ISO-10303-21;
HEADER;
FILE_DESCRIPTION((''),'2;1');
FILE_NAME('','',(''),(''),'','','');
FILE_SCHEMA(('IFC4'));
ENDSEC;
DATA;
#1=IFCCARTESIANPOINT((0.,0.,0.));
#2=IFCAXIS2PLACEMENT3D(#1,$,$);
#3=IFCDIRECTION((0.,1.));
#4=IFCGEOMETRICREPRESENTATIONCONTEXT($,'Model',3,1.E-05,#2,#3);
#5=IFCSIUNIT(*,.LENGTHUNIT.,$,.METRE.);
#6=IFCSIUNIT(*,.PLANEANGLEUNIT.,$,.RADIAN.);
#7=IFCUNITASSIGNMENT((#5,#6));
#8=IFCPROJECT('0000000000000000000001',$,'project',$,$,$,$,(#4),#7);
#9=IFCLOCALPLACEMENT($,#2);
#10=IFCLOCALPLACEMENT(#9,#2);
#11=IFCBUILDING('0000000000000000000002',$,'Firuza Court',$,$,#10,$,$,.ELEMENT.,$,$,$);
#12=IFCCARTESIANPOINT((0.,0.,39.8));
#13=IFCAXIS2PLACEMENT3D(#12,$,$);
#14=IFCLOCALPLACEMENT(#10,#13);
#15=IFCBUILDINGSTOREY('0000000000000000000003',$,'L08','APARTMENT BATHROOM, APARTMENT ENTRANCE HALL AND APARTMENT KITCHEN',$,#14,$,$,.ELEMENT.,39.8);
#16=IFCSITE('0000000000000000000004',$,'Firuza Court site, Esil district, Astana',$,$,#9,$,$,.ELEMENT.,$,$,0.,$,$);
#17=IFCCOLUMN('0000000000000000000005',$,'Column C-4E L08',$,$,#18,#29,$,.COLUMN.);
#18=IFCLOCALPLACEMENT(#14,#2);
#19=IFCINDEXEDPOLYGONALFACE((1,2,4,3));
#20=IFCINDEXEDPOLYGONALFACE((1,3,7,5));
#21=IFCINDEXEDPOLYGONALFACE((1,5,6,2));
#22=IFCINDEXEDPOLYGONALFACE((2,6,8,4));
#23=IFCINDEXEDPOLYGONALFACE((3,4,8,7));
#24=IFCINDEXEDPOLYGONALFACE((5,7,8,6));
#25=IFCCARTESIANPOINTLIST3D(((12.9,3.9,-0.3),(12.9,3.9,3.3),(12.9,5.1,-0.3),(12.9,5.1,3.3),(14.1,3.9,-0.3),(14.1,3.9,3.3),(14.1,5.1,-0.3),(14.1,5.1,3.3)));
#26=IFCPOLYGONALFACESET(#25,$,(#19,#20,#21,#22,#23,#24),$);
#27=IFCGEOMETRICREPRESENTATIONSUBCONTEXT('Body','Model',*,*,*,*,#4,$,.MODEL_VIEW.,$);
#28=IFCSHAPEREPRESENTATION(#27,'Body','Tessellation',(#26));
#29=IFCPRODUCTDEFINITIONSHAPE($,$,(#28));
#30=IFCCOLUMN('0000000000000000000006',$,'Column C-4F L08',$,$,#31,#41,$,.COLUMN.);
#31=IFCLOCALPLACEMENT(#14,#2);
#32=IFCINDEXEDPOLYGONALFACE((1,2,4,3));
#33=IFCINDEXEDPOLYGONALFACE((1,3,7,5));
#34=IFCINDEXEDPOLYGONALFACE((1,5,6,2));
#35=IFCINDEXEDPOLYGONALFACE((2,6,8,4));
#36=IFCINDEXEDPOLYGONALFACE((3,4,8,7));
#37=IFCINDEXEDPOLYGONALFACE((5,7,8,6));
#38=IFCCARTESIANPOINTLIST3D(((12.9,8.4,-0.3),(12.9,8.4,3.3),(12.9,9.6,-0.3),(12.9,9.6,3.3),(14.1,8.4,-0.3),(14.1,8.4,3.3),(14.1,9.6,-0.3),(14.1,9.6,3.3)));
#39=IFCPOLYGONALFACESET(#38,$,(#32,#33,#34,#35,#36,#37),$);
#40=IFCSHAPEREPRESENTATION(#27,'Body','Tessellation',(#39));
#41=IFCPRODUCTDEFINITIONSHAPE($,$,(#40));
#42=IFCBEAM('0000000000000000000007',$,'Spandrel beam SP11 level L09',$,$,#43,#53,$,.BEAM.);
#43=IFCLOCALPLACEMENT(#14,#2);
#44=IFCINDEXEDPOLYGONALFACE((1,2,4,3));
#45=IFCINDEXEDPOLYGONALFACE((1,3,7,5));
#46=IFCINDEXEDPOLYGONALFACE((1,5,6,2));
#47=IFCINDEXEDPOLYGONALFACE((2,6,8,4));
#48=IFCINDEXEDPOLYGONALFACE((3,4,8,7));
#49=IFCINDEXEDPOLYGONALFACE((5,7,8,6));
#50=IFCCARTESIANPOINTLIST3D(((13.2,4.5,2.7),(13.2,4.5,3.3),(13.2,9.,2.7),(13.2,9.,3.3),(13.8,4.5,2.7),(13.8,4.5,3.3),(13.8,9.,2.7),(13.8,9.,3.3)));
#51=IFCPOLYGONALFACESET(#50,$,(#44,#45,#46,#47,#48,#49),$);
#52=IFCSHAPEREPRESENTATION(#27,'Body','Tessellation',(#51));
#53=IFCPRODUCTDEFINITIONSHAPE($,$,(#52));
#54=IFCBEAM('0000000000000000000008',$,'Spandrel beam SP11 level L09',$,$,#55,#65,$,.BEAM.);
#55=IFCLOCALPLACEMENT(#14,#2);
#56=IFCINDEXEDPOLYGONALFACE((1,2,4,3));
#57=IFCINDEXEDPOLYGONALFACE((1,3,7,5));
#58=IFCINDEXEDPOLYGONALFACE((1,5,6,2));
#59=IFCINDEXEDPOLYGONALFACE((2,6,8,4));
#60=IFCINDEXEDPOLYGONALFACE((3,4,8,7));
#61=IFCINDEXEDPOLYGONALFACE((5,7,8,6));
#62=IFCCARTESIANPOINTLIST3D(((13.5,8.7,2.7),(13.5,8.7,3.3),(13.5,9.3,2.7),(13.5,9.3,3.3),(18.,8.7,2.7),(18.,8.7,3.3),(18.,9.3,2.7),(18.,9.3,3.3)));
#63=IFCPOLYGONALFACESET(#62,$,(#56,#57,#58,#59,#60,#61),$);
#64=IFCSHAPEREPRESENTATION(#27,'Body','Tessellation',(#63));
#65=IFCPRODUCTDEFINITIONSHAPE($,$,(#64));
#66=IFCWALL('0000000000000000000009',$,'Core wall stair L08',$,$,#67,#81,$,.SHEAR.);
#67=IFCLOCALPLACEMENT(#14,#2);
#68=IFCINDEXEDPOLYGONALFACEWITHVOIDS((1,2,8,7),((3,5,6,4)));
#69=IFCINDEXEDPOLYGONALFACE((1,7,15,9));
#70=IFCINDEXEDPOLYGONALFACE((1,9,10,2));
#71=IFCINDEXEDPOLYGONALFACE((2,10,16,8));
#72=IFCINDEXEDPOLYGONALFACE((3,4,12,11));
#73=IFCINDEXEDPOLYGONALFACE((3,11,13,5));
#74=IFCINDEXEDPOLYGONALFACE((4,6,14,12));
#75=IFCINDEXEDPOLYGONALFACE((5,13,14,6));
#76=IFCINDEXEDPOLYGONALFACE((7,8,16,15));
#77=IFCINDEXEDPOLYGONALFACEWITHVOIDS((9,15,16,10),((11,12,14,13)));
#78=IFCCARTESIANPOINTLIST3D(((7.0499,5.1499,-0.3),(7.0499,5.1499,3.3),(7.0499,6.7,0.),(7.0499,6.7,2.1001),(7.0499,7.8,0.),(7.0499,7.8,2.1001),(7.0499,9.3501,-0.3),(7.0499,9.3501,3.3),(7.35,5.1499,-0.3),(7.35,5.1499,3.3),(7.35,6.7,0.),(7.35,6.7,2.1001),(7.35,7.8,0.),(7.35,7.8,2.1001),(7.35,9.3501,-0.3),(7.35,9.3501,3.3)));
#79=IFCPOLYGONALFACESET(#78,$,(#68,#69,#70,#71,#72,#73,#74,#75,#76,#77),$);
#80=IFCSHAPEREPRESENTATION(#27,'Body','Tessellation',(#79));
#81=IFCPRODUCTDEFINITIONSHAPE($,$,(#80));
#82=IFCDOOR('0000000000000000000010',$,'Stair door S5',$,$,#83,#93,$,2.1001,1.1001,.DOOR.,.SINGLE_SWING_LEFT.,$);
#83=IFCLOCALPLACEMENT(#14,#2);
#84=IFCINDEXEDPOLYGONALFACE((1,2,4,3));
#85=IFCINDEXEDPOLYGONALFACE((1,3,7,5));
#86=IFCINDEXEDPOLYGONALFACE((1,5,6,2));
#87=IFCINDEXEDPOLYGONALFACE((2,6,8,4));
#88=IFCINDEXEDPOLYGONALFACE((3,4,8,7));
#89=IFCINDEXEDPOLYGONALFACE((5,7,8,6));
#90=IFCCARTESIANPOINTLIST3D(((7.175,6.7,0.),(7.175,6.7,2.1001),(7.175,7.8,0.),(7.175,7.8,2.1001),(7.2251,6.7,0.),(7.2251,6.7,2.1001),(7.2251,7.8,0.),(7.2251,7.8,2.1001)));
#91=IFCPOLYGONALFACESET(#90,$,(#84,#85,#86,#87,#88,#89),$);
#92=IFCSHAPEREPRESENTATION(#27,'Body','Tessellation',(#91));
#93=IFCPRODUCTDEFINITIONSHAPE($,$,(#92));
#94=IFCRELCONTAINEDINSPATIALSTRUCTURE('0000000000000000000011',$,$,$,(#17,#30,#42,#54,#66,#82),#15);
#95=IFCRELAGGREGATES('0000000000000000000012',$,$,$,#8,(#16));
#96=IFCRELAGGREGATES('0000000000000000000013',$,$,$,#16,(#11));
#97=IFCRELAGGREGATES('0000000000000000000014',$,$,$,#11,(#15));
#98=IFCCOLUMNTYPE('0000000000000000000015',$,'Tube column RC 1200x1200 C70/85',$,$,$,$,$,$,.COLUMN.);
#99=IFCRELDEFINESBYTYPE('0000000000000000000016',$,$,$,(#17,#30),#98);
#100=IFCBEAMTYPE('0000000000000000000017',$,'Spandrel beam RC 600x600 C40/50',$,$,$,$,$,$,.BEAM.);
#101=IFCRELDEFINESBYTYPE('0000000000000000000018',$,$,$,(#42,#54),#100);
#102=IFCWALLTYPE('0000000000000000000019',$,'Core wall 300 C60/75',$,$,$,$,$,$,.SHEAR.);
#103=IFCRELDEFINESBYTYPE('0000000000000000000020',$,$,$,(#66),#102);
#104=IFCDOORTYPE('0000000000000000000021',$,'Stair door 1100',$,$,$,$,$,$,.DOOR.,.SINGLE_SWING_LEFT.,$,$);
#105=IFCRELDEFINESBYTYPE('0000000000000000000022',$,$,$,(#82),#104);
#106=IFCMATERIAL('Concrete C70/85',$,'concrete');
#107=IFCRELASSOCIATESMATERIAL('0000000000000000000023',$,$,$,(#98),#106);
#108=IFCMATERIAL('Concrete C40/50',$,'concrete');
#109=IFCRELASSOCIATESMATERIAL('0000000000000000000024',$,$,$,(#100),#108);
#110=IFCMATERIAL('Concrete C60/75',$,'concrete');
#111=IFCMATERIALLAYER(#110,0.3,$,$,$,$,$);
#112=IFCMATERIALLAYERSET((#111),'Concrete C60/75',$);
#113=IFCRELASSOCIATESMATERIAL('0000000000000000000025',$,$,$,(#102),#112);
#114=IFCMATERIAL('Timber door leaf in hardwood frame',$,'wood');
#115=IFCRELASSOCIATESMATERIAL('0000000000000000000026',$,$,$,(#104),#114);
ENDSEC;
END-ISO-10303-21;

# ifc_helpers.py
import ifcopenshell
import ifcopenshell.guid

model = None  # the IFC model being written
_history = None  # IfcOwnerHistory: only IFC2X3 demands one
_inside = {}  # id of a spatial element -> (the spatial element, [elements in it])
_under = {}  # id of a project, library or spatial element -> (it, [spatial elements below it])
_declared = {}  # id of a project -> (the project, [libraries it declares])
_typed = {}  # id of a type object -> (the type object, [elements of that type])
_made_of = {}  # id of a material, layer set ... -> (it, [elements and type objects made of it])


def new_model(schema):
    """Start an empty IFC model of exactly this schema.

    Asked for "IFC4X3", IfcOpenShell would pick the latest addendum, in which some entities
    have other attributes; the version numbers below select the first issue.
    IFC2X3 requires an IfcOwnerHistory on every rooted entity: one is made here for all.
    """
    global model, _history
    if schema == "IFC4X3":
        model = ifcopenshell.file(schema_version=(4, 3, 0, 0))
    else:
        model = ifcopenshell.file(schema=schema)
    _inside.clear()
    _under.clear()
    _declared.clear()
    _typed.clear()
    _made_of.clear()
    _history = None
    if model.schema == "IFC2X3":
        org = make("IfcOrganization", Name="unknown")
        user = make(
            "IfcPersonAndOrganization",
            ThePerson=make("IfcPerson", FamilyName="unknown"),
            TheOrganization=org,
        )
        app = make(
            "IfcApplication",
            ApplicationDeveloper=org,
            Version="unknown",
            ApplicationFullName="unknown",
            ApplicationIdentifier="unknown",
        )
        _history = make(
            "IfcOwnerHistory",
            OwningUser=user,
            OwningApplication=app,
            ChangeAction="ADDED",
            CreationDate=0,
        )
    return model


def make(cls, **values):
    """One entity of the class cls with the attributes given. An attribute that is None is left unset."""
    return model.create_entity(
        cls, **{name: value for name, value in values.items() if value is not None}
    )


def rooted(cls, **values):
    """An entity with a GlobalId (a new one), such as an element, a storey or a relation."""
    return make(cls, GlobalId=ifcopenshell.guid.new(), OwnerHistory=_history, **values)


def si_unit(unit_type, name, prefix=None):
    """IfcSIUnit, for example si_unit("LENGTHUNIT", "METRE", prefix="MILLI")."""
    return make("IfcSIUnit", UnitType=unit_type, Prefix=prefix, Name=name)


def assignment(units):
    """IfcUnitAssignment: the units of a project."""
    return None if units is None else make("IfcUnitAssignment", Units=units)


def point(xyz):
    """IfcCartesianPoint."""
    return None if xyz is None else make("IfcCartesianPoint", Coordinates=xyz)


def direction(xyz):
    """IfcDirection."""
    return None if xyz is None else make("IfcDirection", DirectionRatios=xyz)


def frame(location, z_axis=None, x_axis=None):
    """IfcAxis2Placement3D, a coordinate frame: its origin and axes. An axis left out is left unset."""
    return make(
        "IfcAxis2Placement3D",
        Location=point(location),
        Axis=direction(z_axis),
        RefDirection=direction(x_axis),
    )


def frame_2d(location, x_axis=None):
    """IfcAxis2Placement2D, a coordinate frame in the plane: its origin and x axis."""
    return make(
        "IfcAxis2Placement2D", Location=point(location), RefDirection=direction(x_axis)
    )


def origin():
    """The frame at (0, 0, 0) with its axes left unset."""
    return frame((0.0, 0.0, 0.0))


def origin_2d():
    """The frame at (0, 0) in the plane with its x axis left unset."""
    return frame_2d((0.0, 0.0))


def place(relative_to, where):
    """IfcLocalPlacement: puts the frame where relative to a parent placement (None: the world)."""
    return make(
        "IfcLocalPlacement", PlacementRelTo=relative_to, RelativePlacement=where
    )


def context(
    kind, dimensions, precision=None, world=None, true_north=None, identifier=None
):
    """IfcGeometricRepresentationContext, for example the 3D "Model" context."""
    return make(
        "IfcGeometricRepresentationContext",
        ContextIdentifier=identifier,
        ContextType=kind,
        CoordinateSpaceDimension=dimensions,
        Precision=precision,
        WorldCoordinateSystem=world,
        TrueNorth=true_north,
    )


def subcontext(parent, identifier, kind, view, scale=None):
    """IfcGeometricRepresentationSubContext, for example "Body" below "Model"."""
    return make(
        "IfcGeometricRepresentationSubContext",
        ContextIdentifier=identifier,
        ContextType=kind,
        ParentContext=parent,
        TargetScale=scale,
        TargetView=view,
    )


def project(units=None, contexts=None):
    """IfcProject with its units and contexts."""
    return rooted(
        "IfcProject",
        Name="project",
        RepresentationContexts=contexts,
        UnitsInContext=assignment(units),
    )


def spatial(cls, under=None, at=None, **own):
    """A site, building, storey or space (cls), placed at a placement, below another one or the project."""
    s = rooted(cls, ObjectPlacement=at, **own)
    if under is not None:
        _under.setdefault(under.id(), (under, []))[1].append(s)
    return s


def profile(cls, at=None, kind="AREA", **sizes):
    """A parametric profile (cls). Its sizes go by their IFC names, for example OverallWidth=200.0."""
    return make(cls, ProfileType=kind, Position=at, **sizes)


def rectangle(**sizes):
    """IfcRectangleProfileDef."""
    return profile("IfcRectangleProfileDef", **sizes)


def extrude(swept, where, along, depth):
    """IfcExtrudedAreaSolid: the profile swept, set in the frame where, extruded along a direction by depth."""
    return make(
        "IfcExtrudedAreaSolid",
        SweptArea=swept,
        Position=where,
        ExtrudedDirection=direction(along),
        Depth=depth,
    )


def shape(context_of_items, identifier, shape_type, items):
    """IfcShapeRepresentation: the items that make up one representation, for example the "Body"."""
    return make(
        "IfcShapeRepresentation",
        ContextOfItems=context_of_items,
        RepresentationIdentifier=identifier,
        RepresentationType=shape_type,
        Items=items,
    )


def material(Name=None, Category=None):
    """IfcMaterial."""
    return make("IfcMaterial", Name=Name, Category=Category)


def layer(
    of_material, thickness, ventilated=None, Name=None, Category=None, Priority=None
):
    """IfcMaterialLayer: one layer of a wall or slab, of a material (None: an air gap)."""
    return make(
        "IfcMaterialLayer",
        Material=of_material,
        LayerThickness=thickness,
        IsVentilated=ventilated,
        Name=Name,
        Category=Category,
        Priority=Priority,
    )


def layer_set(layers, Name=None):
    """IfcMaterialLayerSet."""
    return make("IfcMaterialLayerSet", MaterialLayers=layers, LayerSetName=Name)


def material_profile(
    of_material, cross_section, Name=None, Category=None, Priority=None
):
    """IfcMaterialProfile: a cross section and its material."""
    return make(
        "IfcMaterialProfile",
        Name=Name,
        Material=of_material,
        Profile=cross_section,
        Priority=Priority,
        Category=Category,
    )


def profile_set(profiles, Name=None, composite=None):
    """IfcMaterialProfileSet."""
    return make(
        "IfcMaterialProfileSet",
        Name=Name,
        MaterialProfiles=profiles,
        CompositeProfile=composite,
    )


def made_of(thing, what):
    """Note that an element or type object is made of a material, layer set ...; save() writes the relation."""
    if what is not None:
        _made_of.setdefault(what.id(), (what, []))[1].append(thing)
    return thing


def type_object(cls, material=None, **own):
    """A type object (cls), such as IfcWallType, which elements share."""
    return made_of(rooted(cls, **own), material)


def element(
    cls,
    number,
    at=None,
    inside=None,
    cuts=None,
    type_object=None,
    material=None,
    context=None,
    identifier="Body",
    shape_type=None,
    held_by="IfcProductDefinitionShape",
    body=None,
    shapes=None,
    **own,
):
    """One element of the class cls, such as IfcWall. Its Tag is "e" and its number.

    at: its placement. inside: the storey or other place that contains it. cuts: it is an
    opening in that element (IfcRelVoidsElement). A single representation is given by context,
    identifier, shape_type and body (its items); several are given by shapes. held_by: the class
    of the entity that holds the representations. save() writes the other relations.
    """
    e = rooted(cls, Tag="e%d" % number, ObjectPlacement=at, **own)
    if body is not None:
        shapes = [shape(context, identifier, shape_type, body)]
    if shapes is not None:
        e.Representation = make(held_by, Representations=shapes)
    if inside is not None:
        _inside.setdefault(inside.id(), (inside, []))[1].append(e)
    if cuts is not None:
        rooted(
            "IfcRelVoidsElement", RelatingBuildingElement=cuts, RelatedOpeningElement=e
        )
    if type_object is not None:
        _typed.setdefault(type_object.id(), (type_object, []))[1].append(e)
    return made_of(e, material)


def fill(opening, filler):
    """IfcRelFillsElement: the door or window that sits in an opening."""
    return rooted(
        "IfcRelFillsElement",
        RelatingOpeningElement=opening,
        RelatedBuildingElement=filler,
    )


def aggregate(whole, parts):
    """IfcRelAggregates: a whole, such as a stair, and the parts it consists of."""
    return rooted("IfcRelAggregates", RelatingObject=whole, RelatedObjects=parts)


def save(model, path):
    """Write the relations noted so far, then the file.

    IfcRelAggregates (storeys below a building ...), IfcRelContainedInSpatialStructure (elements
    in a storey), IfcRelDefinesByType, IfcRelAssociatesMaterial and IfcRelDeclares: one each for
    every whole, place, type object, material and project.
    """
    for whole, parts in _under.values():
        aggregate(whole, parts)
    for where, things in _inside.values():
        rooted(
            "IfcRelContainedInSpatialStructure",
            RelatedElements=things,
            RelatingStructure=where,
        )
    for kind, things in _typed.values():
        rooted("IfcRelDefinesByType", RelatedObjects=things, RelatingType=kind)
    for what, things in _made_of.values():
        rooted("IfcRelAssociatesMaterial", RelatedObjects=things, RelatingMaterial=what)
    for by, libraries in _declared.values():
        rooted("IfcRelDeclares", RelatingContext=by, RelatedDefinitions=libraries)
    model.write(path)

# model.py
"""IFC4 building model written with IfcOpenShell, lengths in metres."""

from ifc_helpers import new_model, si_unit, direction, frame, frame_2d, origin, origin_2d, place, context, subcontext, project, spatial, rectangle, extrude, material, layer, layer_set, material_profile, profile_set, type_object, element, fill, save


model = new_model("IFC4")

# Units and contexts
model_context = context("Model", 3, precision=1e-05, world=origin(), true_north=direction((0.0, 1.0)))
body_context = subcontext(model_context, "Body", "Model", "MODEL_VIEW")
ifc_project = project(units=[si_unit("LENGTHUNIT", "METRE"), si_unit("PLANEANGLEUNIT", "RADIAN")], contexts=[model_context])

# Site, building, storey
site_placement = place(None, origin())
site = spatial("IfcSite", under=ifc_project, at=site_placement, Name="Firuza Court site, Esil district, Astana", CompositionType="ELEMENT", RefElevation=0.0)
building_placement = place(site_placement, origin())
building = spatial("IfcBuilding", under=site, at=building_placement, Name="Firuza Court", CompositionType="ELEMENT")
storey_placement = place(building_placement, frame((0.0, 0.0, 39.8)))
storey = spatial("IfcBuildingStorey", under=building, at=storey_placement, Name="L08", Description="APARTMENT BATHROOM, APARTMENT ENTRANCE HALL AND APARTMENT KITCHEN", CompositionType="ELEMENT", Elevation=39.8)

# Columns
ifc_material_1 = material(Name="Concrete C70/85", Category="concrete")
ifc_material_profile_1 = material_profile(ifc_material_1, rectangle(XDim=1.2, YDim=1.2, at=origin_2d()), Name="RC 1200x1200")
ifc_profile_set_1 = profile_set([ifc_material_profile_1], Name="Concrete C70/85")
column_type = type_object("IfcColumnType", Name="Tube column RC 1200x1200 C70/85", PredefinedType="COLUMN", material=ifc_profile_set_1)
for number, where, z_axis, x_axis, name in (
    (1, (13.5, 4.5, -0.3), (0.0, 0.0, 1.0), (1.0, 0.0, 0.0), "Column C-4E L08"),
    (2, (13.5, 9.0, -0.3), (0.0, 0.0, 1.0), (1.0, 0.0, 0.0), "Column C-4F L08"),
):
    element("IfcColumn", number, at=place(storey_placement, frame(where, z_axis=z_axis, x_axis=x_axis)), inside=storey, type_object=column_type, Name=name, PredefinedType="COLUMN", context=body_context, shape_type="SweptSolid", body=[
        extrude(rectangle(XDim=1.2, YDim=1.2, at=origin_2d()), origin(), (0.0, 0.0, 1.0), 3.6001),
    ])

# Beams
ifc_material_2 = material(Name="Concrete C40/50", Category="concrete")
ifc_material_profile_2 = material_profile(ifc_material_2, rectangle(XDim=0.6001, YDim=0.6001, at=origin_2d()), Name="RC 600x600")
ifc_profile_set_2 = profile_set([ifc_material_profile_2], Name="Concrete C40/50")
beam_type = type_object("IfcBeamType", Name="Spandrel beam RC 600x600 C40/50", PredefinedType="BEAM", material=ifc_profile_set_2)
for number, where, z_axis, x_axis, name in (
    (3, (13.5, 4.5, 3.0), (0.0, 1.0, 0.0), (-1.0, 0.0, 0.0), "Spandrel beam SP11 level L09"),
    (4, (13.5, 9.0, 3.0), (1.0, 0.0, 0.0), (0.0, 1.0, 0.0), "Spandrel beam SP11 level L09"),
):
    element("IfcBeam", number, at=place(storey_placement, frame(where, z_axis=z_axis, x_axis=x_axis)), inside=storey, type_object=beam_type, Name=name, PredefinedType="BEAM", context=body_context, shape_type="SweptSolid", body=[
        extrude(rectangle(XDim=0.6001, YDim=0.6001, at=origin_2d()), origin(), (0.0, 0.0, 1.0), 4.5),
    ])

# Wall, opening, door
ifc_material_3 = material(Name="Concrete C60/75", Category="concrete")
ifc_layer_1 = layer(ifc_material_3, 0.3)
ifc_layer_set_1 = layer_set([ifc_layer_1], Name="Concrete C60/75")
wall_type_1 = type_object("IfcWallType", Name="Core wall 300 C60/75", PredefinedType="SHEAR", material=ifc_layer_set_1)
wall_1_placement = place(storey_placement, frame((7.2, 5.1499, -0.3), z_axis=(0.0, 0.0, 1.0), x_axis=(0.0, 1.0, 0.0)))
wall_1 = element("IfcWall", 5, at=wall_1_placement, inside=storey, type_object=wall_type_1, Name="Core wall stair L08", PredefinedType="SHEAR", context=body_context, shape_type="SweptSolid", body=[
    extrude(rectangle(XDim=4.2002, YDim=0.3, at=frame_2d((2.1001, 0.0))), origin(), (0.0, 0.0, 1.0), 3.6001),
])
opening_1_placement = place(wall_1_placement, frame((1.55, 0.0, 0.3)))
opening_1 = element("IfcOpeningElement", 6, at=opening_1_placement, cuts=wall_1, PredefinedType="OPENING", context=body_context, shape_type="SweptSolid", body=[
    extrude(rectangle(XDim=1.1001, YDim=2.1001, at=frame_2d((0.55, 1.05))), frame((0.0, 0.1621, 0.0), z_axis=(0.0, -1.0, 0.0), x_axis=(1.0, 0.0, 0.0)), (0.0, 0.0, 1.0), 0.324),
])
ifc_material_4 = material(Name="Timber door leaf in hardwood frame", Category="wood")
door_type_1 = type_object("IfcDoorType", Name="Stair door 1100", OperationType="SINGLE_SWING_LEFT", PredefinedType="DOOR", material=ifc_material_4)
door_1_placement = place(opening_1_placement, origin())
door_1 = element("IfcDoor", 7, at=door_1_placement, inside=storey, type_object=door_type_1, Name="Stair door S5", OperationType="SINGLE_SWING_LEFT", OverallHeight=2.1001, OverallWidth=1.1001, PredefinedType="DOOR", context=body_context, shape_type="SweptSolid", body=[
    extrude(rectangle(XDim=1.1001, YDim=2.1001, at=frame_2d((0.55, 1.05))), frame((0.0, 0.0249, 0.0), z_axis=(0.0, -1.0, 0.0), x_axis=(1.0, 0.0, 0.0)), (0.0, 0.0, 1.0), 0.05),
])
fill(opening_1, door_1)

save(model, "model.ifc")
